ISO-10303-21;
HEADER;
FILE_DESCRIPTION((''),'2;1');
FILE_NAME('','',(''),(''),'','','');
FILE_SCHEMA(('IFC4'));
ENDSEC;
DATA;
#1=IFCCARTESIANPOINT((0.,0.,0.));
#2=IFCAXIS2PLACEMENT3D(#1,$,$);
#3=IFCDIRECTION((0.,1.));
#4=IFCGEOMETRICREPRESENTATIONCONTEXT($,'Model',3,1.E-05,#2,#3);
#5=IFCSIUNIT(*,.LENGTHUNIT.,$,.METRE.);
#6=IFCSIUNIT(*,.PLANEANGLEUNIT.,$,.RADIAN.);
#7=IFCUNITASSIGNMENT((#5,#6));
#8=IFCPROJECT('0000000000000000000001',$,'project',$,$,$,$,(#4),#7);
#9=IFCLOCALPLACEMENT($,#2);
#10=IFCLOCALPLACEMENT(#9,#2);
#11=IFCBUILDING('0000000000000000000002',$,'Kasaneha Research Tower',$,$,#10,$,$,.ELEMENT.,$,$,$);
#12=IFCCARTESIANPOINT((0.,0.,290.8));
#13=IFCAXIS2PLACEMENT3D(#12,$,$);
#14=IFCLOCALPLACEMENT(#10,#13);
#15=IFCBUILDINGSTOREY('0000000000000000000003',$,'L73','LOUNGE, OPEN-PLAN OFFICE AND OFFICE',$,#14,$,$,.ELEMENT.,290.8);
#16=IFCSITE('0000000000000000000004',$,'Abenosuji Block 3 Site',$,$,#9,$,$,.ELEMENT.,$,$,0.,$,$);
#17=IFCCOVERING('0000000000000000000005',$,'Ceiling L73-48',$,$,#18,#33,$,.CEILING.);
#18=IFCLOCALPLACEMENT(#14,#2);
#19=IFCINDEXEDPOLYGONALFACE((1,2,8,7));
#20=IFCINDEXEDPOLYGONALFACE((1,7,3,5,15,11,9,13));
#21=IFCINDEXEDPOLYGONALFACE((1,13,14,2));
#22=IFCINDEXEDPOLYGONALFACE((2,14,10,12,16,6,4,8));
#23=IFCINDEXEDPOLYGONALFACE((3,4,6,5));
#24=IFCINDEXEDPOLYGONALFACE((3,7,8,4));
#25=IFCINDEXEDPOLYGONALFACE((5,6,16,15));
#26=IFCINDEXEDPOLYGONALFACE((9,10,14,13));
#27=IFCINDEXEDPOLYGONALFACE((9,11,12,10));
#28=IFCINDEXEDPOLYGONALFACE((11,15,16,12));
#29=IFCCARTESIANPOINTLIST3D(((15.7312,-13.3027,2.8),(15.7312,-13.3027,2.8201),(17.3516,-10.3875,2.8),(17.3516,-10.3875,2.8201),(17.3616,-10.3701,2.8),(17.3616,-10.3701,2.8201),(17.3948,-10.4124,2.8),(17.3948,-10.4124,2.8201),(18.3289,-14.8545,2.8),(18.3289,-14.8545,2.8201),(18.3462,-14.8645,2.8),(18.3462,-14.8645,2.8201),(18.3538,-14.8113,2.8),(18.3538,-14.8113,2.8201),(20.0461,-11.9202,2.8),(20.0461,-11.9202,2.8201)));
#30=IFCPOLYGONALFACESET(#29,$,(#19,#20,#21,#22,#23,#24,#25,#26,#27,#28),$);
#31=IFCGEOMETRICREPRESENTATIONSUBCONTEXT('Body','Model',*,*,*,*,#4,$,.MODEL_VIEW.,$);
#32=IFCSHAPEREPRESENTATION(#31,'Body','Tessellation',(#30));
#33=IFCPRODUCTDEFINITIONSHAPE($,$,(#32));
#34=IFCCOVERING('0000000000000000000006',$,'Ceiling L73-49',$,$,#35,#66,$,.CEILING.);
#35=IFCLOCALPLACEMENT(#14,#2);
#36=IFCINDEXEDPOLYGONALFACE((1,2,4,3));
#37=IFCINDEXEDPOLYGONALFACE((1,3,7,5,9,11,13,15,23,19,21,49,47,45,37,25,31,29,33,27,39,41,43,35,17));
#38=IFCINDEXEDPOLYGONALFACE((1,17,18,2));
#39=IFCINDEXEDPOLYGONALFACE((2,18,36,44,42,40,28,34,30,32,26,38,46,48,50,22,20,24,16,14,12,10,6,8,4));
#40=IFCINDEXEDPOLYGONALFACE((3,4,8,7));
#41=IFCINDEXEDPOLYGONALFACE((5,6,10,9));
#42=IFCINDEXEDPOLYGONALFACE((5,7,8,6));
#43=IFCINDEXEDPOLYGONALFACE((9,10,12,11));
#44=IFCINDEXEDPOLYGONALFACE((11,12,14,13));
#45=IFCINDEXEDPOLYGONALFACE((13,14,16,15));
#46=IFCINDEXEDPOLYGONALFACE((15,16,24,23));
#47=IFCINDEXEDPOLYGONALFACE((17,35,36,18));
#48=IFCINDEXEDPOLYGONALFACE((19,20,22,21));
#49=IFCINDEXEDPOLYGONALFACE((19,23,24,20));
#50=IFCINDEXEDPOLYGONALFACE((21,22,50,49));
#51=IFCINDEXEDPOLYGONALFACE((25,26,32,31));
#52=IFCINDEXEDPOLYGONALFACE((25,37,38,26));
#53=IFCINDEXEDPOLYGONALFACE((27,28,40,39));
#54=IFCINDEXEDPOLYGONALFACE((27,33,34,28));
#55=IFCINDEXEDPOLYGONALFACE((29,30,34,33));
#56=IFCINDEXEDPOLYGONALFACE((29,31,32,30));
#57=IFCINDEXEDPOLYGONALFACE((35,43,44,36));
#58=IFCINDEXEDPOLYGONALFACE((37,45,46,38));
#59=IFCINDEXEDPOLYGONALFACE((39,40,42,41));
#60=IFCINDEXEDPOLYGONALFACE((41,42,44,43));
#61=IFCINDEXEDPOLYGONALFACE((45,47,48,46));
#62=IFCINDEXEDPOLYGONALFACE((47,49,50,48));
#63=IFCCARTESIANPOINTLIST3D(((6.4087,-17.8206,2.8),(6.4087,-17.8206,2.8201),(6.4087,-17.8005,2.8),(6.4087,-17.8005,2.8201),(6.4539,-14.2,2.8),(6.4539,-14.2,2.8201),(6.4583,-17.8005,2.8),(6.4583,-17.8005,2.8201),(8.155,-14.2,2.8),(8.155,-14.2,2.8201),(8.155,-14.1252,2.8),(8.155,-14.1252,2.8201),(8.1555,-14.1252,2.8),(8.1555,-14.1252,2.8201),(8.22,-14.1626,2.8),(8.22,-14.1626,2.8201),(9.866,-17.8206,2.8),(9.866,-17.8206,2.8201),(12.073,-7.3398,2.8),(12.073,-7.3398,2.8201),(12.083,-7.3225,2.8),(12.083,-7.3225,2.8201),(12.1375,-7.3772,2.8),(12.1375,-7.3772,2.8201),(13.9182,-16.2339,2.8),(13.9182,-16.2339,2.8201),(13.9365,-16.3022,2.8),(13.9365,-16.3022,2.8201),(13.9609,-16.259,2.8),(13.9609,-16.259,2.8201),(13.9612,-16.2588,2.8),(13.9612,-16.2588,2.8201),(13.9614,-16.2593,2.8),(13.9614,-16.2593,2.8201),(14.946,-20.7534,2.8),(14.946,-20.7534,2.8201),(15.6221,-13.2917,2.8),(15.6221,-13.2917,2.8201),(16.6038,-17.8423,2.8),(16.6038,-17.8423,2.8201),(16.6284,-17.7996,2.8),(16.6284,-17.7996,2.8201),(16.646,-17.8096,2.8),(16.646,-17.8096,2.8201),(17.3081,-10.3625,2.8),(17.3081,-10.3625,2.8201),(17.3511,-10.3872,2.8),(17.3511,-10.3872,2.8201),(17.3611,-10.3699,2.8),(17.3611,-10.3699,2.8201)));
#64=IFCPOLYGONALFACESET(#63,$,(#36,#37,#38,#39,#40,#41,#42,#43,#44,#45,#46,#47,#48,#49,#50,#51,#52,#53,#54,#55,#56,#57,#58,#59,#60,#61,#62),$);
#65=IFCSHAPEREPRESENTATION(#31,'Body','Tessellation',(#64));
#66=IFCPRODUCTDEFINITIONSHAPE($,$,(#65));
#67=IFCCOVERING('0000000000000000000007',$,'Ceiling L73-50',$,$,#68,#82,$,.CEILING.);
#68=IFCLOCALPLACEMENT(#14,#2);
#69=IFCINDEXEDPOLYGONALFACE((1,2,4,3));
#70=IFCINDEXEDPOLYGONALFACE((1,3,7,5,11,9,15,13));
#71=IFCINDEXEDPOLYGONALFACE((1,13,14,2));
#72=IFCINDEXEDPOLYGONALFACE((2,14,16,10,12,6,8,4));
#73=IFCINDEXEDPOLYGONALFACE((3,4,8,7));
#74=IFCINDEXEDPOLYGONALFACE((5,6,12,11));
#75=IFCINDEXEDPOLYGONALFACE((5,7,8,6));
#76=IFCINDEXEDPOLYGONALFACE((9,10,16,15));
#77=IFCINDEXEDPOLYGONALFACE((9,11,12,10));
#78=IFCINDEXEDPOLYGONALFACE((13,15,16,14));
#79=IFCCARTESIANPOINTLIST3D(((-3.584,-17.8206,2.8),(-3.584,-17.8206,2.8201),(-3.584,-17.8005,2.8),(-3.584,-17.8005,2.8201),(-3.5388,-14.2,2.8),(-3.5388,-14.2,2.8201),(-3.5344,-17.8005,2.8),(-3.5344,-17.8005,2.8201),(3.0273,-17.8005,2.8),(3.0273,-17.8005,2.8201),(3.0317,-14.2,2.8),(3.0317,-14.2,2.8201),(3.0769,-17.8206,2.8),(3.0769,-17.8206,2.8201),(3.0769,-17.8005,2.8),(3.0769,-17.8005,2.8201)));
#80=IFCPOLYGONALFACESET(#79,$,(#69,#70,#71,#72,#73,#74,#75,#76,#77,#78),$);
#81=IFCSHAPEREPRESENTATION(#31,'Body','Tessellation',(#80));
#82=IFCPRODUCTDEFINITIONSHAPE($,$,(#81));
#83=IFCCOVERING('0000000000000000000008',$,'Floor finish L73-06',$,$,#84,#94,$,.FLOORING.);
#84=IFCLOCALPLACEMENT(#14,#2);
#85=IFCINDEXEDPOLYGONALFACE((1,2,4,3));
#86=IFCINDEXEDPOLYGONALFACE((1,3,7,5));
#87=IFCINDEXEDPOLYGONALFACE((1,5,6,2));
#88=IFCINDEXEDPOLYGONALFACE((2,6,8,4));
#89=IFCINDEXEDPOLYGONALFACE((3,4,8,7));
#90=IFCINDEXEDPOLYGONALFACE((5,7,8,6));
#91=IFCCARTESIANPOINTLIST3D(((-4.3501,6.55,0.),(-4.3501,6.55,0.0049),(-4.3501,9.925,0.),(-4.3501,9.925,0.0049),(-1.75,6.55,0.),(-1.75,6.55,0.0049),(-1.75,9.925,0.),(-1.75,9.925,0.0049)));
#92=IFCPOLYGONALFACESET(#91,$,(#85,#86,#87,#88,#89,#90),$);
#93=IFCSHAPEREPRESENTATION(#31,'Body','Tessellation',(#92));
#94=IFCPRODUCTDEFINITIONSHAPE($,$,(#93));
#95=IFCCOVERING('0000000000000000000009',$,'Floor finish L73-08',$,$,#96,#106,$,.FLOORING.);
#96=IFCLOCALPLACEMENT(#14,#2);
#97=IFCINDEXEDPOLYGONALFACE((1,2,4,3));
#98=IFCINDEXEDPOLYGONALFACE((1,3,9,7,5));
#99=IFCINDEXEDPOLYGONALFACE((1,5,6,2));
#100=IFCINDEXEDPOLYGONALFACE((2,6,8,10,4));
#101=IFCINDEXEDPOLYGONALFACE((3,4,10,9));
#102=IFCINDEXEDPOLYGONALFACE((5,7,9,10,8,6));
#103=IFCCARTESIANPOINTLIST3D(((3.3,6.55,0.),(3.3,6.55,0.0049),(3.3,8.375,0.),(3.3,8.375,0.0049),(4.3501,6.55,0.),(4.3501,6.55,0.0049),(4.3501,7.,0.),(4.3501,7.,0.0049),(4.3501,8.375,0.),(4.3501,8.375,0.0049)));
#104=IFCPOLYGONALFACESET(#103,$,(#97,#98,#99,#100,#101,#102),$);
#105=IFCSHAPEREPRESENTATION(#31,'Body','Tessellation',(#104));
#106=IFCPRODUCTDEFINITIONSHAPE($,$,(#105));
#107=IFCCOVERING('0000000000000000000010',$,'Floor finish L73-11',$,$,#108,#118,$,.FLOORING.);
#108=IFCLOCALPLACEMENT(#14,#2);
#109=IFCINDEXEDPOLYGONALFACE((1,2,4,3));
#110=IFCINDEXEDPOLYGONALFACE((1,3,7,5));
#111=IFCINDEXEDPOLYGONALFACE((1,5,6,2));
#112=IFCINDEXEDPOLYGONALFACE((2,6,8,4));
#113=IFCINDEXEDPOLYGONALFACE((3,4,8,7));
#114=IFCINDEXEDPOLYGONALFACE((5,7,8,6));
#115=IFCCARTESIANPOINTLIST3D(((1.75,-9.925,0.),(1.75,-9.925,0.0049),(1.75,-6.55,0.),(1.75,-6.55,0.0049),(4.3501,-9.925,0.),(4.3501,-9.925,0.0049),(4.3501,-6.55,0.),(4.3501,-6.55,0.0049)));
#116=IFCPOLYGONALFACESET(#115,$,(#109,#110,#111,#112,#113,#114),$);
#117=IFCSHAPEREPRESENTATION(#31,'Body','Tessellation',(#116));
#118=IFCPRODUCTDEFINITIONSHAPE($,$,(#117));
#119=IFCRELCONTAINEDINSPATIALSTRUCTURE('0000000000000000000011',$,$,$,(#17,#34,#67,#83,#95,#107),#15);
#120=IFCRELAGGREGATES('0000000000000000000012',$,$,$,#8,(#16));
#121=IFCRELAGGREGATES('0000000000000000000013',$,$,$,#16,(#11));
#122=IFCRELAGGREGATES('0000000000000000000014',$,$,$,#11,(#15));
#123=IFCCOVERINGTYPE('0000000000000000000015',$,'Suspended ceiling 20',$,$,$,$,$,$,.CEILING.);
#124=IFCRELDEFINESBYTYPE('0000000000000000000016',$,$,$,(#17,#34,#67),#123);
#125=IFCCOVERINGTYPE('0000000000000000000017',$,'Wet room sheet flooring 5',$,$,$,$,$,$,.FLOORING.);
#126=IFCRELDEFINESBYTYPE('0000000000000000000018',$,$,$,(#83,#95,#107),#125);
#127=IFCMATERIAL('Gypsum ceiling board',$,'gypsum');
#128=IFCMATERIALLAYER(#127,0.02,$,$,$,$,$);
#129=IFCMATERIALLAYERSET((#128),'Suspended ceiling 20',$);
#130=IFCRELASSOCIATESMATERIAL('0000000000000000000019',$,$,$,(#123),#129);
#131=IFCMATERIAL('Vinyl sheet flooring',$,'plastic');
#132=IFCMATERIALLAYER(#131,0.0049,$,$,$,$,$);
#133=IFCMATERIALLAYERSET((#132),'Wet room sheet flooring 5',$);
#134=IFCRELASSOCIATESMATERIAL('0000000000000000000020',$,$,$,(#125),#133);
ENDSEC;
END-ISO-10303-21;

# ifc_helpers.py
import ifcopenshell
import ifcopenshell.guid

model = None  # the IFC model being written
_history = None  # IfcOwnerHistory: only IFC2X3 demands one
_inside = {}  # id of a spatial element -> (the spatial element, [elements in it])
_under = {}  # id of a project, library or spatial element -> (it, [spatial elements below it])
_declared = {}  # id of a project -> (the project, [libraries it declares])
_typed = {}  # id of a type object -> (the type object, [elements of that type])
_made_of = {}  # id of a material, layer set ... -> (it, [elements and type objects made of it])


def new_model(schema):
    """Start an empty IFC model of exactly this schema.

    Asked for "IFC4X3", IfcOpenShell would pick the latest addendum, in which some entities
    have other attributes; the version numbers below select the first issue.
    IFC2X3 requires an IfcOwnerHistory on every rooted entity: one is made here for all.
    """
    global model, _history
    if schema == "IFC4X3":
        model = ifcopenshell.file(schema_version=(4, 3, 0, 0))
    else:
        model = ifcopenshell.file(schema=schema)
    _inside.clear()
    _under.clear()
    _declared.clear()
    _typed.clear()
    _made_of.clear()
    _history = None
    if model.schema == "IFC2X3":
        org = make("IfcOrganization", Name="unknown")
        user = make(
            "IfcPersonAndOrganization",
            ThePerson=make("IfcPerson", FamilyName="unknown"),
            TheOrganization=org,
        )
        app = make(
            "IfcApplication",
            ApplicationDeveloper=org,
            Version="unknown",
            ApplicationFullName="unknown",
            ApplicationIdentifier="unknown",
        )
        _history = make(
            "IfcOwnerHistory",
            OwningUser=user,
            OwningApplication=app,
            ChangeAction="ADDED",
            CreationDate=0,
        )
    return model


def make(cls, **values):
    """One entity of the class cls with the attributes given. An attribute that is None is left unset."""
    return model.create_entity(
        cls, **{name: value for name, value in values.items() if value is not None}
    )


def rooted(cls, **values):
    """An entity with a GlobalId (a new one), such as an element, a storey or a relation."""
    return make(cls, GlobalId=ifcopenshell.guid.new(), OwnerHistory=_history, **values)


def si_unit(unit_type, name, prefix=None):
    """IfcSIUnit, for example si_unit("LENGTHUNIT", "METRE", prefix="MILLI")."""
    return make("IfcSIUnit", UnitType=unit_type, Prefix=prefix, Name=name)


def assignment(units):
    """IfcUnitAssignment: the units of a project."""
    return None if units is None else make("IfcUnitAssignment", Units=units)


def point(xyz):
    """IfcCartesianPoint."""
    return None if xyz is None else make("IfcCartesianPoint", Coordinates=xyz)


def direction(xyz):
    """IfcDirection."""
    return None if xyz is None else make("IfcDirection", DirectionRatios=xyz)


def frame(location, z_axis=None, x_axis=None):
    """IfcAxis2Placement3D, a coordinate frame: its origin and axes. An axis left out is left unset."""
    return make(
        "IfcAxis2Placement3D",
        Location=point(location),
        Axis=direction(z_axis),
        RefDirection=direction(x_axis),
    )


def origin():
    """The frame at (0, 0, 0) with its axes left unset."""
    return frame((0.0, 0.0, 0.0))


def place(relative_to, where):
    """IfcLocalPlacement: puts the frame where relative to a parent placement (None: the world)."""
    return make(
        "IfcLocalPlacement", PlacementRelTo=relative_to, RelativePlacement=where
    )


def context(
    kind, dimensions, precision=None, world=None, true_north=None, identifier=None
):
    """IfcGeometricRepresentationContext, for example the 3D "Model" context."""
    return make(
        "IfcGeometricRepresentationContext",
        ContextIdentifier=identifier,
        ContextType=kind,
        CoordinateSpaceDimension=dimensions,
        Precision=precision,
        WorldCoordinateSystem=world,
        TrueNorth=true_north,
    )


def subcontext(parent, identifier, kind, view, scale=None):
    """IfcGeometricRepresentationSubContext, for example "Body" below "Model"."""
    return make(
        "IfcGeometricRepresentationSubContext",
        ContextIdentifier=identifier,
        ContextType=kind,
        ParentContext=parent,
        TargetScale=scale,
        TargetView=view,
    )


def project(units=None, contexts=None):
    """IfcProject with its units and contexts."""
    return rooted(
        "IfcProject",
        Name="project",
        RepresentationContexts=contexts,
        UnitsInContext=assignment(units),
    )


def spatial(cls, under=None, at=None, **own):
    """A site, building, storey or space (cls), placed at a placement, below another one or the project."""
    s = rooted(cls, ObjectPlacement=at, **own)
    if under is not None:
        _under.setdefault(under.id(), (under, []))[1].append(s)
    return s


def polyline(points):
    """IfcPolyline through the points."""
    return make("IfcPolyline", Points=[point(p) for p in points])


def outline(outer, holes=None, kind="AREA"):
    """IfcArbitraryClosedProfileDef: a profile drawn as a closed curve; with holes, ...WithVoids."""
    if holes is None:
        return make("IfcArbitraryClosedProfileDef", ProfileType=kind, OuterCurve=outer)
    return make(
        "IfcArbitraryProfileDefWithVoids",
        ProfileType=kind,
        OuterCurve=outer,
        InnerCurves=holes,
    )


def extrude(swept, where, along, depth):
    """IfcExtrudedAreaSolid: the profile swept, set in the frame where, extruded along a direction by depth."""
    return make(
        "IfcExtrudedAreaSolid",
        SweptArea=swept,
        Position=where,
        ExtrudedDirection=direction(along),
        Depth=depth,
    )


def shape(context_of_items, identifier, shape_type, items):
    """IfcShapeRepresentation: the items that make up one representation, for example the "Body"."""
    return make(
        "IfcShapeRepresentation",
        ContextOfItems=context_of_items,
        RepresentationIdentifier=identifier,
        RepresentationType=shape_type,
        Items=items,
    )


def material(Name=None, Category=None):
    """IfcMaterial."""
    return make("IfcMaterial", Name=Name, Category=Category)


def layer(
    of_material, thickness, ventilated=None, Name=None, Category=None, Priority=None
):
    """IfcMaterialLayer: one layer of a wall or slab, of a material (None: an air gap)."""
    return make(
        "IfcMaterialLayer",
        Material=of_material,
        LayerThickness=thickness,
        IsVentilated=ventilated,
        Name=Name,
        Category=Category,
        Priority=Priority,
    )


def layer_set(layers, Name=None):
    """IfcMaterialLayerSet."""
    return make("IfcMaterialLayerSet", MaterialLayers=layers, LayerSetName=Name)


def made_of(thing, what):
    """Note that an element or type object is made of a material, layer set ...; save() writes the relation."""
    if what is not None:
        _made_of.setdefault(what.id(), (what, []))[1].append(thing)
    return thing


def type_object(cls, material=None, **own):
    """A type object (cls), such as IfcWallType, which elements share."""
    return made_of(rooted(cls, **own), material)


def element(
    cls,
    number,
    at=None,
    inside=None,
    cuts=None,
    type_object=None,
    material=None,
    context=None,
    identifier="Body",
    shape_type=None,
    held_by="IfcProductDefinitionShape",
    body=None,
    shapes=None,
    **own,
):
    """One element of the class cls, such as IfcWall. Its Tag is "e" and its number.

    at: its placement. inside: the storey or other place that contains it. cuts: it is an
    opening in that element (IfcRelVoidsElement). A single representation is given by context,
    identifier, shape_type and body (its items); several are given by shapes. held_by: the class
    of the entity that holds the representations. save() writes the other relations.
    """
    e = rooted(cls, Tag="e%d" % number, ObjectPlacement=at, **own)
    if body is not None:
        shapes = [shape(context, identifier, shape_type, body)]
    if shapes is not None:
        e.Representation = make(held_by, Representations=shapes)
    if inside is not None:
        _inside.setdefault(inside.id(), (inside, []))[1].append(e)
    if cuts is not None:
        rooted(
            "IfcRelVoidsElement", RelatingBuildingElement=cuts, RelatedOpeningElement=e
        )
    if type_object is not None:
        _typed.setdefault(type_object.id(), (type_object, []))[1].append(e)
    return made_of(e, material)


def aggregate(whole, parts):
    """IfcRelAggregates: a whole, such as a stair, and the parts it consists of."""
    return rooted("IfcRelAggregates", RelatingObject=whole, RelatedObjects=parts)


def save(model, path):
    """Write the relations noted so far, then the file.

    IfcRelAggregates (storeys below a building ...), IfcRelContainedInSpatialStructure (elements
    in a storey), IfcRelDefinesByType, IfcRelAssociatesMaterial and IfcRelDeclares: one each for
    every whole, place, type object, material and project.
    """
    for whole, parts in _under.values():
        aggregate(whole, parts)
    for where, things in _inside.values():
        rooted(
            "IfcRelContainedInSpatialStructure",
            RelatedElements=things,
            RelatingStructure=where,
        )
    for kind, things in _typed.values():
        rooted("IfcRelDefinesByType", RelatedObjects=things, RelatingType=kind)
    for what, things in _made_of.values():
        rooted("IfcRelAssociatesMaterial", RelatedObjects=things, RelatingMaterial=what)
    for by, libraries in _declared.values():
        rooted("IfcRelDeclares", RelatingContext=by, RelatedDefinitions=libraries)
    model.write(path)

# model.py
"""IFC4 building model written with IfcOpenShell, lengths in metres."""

from ifc_helpers import new_model, si_unit, direction, frame, origin, place, context, subcontext, project, spatial, polyline, outline, extrude, material, layer, layer_set, type_object, element, save


model = new_model("IFC4")

# Units and contexts
model_context = context("Model", 3, precision=1e-05, world=origin(), true_north=direction((0.0, 1.0)))
body_context = subcontext(model_context, "Body", "Model", "MODEL_VIEW")
ifc_project = project(units=[si_unit("LENGTHUNIT", "METRE"), si_unit("PLANEANGLEUNIT", "RADIAN")], contexts=[model_context])

# Site, building, storey
site_placement = place(None, origin())
site = spatial("IfcSite", under=ifc_project, at=site_placement, Name="Abenosuji Block 3 Site", CompositionType="ELEMENT", RefElevation=0.0)
building_placement = place(site_placement, origin())
building = spatial("IfcBuilding", under=site, at=building_placement, Name="Kasaneha Research Tower", CompositionType="ELEMENT")
storey_placement = place(building_placement, frame((0.0, 0.0, 290.8)))
storey = spatial("IfcBuildingStorey", under=building, at=storey_placement, Name="L73", Description="LOUNGE, OPEN-PLAN OFFICE AND OFFICE", CompositionType="ELEMENT", Elevation=290.8)

# Coverings
ifc_material_1 = material(Name="Gypsum ceiling board", Category="gypsum")
ifc_layer_1 = layer(ifc_material_1, 0.02)
ifc_layer_set_1 = layer_set([ifc_layer_1], Name="Suspended ceiling 20")
covering_type_1 = type_object("IfcCoveringType", Name="Suspended ceiling 20", PredefinedType="CEILING", material=ifc_layer_set_1)
covering_1_placement = place(storey_placement, frame((0.0, 0.0, 2.8)))
element("IfcCovering", 1, at=covering_1_placement, inside=storey, type_object=covering_type_1, Name="Ceiling L73-48", PredefinedType="CEILING", context=body_context, shape_type="SweptSolid", body=[
    extrude(outline(polyline([(18.3462, -14.8645), (18.3289, -14.8545), (18.3538, -14.8113), (15.7312, -13.3027), (17.3948, -10.4124), (17.3516, -10.3875), (17.3616, -10.3701), (20.0461, -11.9202), (18.3462, -14.8645)])), origin(), (0.0, 0.0, 1.0), 0.02),
])
covering_2_placement = place(storey_placement, frame((0.0, 0.0, 2.8)))
element("IfcCovering", 2, at=covering_2_placement, inside=storey, type_object=covering_type_1, Name="Ceiling L73-49", PredefinedType="CEILING", context=body_context, shape_type="SweptSolid", body=[
    extrude(outline(polyline([(13.9614, -16.2593), (13.9365, -16.3022), (16.6038, -17.8423), (16.6284, -17.7996), (16.646, -17.8096), (14.946, -20.7534), (9.866, -17.8206), (6.4087, -17.8206), (6.4087, -17.8005), (6.4583, -17.8005), (6.4539, -14.2), (8.155, -14.2), (8.155, -14.1252), (8.1555, -14.1252), (8.1555, -14.1252), (8.22, -14.1626), (12.1375, -7.3772), (12.073, -7.3398), (12.083, -7.3225), (17.3611, -10.3699), (17.3511, -10.3872), (17.3081, -10.3625), (15.6221, -13.2917), (13.9182, -16.2339), (13.9612, -16.2588), (13.9609, -16.259), (13.9614, -16.2593)])), origin(), (0.0, 0.0, 1.0), 0.02),
])
covering_3_placement = place(storey_placement, frame((0.0, 0.0, 2.8)))
element("IfcCovering", 3, at=covering_3_placement, inside=storey, type_object=covering_type_1, Name="Ceiling L73-50", PredefinedType="CEILING", context=body_context, shape_type="SweptSolid", body=[
    extrude(outline(polyline([(3.0769, -17.8206), (-3.584, -17.8206), (-3.584, -17.8005), (-3.5344, -17.8005), (-3.5388, -14.2), (3.0317, -14.2), (3.0273, -17.8005), (3.0769, -17.8005), (3.0769, -17.8206)])), origin(), (0.0, 0.0, 1.0), 0.02),
])
ifc_material_2 = material(Name="Vinyl sheet flooring", Category="plastic")
ifc_layer_2 = layer(ifc_material_2, 0.0049)
ifc_layer_set_2 = layer_set([ifc_layer_2], Name="Wet room sheet flooring 5")
covering_type_2 = type_object("IfcCoveringType", Name="Wet room sheet flooring 5", PredefinedType="FLOORING", material=ifc_layer_set_2)
covering_4_placement = place(storey_placement, origin())
element("IfcCovering", 4, at=covering_4_placement, inside=storey, type_object=covering_type_2, Name="Floor finish L73-06", PredefinedType="FLOORING", context=body_context, shape_type="SweptSolid", body=[
    extrude(outline(polyline([(-1.75, 9.925), (-1.75, 6.55), (-4.3501, 6.55), (-4.3501, 9.925), (-1.75, 9.925)])), origin(), (0.0, 0.0, 1.0), 0.0049),
])
covering_5_placement = place(storey_placement, origin())
element("IfcCovering", 5, at=covering_5_placement, inside=storey, type_object=covering_type_2, Name="Floor finish L73-08", PredefinedType="FLOORING", context=body_context, shape_type="SweptSolid", body=[
    extrude(outline(polyline([(3.3, 6.55), (3.3, 8.375), (4.3501, 8.375), (4.3501, 7.0), (4.3501, 6.55), (3.3, 6.55)])), origin(), (0.0, 0.0, 1.0), 0.0049),
])
covering_6_placement = place(storey_placement, origin())
element("IfcCovering", 6, at=covering_6_placement, inside=storey, type_object=covering_type_2, Name="Floor finish L73-11", PredefinedType="FLOORING", context=body_context, shape_type="SweptSolid", body=[
    extrude(outline(polyline([(1.75, -9.925), (1.75, -6.55), (4.3501, -6.55), (4.3501, -9.925), (1.75, -9.925)])), origin(), (0.0, 0.0, 1.0), 0.0049),
])

save(model, "model.ifc")
